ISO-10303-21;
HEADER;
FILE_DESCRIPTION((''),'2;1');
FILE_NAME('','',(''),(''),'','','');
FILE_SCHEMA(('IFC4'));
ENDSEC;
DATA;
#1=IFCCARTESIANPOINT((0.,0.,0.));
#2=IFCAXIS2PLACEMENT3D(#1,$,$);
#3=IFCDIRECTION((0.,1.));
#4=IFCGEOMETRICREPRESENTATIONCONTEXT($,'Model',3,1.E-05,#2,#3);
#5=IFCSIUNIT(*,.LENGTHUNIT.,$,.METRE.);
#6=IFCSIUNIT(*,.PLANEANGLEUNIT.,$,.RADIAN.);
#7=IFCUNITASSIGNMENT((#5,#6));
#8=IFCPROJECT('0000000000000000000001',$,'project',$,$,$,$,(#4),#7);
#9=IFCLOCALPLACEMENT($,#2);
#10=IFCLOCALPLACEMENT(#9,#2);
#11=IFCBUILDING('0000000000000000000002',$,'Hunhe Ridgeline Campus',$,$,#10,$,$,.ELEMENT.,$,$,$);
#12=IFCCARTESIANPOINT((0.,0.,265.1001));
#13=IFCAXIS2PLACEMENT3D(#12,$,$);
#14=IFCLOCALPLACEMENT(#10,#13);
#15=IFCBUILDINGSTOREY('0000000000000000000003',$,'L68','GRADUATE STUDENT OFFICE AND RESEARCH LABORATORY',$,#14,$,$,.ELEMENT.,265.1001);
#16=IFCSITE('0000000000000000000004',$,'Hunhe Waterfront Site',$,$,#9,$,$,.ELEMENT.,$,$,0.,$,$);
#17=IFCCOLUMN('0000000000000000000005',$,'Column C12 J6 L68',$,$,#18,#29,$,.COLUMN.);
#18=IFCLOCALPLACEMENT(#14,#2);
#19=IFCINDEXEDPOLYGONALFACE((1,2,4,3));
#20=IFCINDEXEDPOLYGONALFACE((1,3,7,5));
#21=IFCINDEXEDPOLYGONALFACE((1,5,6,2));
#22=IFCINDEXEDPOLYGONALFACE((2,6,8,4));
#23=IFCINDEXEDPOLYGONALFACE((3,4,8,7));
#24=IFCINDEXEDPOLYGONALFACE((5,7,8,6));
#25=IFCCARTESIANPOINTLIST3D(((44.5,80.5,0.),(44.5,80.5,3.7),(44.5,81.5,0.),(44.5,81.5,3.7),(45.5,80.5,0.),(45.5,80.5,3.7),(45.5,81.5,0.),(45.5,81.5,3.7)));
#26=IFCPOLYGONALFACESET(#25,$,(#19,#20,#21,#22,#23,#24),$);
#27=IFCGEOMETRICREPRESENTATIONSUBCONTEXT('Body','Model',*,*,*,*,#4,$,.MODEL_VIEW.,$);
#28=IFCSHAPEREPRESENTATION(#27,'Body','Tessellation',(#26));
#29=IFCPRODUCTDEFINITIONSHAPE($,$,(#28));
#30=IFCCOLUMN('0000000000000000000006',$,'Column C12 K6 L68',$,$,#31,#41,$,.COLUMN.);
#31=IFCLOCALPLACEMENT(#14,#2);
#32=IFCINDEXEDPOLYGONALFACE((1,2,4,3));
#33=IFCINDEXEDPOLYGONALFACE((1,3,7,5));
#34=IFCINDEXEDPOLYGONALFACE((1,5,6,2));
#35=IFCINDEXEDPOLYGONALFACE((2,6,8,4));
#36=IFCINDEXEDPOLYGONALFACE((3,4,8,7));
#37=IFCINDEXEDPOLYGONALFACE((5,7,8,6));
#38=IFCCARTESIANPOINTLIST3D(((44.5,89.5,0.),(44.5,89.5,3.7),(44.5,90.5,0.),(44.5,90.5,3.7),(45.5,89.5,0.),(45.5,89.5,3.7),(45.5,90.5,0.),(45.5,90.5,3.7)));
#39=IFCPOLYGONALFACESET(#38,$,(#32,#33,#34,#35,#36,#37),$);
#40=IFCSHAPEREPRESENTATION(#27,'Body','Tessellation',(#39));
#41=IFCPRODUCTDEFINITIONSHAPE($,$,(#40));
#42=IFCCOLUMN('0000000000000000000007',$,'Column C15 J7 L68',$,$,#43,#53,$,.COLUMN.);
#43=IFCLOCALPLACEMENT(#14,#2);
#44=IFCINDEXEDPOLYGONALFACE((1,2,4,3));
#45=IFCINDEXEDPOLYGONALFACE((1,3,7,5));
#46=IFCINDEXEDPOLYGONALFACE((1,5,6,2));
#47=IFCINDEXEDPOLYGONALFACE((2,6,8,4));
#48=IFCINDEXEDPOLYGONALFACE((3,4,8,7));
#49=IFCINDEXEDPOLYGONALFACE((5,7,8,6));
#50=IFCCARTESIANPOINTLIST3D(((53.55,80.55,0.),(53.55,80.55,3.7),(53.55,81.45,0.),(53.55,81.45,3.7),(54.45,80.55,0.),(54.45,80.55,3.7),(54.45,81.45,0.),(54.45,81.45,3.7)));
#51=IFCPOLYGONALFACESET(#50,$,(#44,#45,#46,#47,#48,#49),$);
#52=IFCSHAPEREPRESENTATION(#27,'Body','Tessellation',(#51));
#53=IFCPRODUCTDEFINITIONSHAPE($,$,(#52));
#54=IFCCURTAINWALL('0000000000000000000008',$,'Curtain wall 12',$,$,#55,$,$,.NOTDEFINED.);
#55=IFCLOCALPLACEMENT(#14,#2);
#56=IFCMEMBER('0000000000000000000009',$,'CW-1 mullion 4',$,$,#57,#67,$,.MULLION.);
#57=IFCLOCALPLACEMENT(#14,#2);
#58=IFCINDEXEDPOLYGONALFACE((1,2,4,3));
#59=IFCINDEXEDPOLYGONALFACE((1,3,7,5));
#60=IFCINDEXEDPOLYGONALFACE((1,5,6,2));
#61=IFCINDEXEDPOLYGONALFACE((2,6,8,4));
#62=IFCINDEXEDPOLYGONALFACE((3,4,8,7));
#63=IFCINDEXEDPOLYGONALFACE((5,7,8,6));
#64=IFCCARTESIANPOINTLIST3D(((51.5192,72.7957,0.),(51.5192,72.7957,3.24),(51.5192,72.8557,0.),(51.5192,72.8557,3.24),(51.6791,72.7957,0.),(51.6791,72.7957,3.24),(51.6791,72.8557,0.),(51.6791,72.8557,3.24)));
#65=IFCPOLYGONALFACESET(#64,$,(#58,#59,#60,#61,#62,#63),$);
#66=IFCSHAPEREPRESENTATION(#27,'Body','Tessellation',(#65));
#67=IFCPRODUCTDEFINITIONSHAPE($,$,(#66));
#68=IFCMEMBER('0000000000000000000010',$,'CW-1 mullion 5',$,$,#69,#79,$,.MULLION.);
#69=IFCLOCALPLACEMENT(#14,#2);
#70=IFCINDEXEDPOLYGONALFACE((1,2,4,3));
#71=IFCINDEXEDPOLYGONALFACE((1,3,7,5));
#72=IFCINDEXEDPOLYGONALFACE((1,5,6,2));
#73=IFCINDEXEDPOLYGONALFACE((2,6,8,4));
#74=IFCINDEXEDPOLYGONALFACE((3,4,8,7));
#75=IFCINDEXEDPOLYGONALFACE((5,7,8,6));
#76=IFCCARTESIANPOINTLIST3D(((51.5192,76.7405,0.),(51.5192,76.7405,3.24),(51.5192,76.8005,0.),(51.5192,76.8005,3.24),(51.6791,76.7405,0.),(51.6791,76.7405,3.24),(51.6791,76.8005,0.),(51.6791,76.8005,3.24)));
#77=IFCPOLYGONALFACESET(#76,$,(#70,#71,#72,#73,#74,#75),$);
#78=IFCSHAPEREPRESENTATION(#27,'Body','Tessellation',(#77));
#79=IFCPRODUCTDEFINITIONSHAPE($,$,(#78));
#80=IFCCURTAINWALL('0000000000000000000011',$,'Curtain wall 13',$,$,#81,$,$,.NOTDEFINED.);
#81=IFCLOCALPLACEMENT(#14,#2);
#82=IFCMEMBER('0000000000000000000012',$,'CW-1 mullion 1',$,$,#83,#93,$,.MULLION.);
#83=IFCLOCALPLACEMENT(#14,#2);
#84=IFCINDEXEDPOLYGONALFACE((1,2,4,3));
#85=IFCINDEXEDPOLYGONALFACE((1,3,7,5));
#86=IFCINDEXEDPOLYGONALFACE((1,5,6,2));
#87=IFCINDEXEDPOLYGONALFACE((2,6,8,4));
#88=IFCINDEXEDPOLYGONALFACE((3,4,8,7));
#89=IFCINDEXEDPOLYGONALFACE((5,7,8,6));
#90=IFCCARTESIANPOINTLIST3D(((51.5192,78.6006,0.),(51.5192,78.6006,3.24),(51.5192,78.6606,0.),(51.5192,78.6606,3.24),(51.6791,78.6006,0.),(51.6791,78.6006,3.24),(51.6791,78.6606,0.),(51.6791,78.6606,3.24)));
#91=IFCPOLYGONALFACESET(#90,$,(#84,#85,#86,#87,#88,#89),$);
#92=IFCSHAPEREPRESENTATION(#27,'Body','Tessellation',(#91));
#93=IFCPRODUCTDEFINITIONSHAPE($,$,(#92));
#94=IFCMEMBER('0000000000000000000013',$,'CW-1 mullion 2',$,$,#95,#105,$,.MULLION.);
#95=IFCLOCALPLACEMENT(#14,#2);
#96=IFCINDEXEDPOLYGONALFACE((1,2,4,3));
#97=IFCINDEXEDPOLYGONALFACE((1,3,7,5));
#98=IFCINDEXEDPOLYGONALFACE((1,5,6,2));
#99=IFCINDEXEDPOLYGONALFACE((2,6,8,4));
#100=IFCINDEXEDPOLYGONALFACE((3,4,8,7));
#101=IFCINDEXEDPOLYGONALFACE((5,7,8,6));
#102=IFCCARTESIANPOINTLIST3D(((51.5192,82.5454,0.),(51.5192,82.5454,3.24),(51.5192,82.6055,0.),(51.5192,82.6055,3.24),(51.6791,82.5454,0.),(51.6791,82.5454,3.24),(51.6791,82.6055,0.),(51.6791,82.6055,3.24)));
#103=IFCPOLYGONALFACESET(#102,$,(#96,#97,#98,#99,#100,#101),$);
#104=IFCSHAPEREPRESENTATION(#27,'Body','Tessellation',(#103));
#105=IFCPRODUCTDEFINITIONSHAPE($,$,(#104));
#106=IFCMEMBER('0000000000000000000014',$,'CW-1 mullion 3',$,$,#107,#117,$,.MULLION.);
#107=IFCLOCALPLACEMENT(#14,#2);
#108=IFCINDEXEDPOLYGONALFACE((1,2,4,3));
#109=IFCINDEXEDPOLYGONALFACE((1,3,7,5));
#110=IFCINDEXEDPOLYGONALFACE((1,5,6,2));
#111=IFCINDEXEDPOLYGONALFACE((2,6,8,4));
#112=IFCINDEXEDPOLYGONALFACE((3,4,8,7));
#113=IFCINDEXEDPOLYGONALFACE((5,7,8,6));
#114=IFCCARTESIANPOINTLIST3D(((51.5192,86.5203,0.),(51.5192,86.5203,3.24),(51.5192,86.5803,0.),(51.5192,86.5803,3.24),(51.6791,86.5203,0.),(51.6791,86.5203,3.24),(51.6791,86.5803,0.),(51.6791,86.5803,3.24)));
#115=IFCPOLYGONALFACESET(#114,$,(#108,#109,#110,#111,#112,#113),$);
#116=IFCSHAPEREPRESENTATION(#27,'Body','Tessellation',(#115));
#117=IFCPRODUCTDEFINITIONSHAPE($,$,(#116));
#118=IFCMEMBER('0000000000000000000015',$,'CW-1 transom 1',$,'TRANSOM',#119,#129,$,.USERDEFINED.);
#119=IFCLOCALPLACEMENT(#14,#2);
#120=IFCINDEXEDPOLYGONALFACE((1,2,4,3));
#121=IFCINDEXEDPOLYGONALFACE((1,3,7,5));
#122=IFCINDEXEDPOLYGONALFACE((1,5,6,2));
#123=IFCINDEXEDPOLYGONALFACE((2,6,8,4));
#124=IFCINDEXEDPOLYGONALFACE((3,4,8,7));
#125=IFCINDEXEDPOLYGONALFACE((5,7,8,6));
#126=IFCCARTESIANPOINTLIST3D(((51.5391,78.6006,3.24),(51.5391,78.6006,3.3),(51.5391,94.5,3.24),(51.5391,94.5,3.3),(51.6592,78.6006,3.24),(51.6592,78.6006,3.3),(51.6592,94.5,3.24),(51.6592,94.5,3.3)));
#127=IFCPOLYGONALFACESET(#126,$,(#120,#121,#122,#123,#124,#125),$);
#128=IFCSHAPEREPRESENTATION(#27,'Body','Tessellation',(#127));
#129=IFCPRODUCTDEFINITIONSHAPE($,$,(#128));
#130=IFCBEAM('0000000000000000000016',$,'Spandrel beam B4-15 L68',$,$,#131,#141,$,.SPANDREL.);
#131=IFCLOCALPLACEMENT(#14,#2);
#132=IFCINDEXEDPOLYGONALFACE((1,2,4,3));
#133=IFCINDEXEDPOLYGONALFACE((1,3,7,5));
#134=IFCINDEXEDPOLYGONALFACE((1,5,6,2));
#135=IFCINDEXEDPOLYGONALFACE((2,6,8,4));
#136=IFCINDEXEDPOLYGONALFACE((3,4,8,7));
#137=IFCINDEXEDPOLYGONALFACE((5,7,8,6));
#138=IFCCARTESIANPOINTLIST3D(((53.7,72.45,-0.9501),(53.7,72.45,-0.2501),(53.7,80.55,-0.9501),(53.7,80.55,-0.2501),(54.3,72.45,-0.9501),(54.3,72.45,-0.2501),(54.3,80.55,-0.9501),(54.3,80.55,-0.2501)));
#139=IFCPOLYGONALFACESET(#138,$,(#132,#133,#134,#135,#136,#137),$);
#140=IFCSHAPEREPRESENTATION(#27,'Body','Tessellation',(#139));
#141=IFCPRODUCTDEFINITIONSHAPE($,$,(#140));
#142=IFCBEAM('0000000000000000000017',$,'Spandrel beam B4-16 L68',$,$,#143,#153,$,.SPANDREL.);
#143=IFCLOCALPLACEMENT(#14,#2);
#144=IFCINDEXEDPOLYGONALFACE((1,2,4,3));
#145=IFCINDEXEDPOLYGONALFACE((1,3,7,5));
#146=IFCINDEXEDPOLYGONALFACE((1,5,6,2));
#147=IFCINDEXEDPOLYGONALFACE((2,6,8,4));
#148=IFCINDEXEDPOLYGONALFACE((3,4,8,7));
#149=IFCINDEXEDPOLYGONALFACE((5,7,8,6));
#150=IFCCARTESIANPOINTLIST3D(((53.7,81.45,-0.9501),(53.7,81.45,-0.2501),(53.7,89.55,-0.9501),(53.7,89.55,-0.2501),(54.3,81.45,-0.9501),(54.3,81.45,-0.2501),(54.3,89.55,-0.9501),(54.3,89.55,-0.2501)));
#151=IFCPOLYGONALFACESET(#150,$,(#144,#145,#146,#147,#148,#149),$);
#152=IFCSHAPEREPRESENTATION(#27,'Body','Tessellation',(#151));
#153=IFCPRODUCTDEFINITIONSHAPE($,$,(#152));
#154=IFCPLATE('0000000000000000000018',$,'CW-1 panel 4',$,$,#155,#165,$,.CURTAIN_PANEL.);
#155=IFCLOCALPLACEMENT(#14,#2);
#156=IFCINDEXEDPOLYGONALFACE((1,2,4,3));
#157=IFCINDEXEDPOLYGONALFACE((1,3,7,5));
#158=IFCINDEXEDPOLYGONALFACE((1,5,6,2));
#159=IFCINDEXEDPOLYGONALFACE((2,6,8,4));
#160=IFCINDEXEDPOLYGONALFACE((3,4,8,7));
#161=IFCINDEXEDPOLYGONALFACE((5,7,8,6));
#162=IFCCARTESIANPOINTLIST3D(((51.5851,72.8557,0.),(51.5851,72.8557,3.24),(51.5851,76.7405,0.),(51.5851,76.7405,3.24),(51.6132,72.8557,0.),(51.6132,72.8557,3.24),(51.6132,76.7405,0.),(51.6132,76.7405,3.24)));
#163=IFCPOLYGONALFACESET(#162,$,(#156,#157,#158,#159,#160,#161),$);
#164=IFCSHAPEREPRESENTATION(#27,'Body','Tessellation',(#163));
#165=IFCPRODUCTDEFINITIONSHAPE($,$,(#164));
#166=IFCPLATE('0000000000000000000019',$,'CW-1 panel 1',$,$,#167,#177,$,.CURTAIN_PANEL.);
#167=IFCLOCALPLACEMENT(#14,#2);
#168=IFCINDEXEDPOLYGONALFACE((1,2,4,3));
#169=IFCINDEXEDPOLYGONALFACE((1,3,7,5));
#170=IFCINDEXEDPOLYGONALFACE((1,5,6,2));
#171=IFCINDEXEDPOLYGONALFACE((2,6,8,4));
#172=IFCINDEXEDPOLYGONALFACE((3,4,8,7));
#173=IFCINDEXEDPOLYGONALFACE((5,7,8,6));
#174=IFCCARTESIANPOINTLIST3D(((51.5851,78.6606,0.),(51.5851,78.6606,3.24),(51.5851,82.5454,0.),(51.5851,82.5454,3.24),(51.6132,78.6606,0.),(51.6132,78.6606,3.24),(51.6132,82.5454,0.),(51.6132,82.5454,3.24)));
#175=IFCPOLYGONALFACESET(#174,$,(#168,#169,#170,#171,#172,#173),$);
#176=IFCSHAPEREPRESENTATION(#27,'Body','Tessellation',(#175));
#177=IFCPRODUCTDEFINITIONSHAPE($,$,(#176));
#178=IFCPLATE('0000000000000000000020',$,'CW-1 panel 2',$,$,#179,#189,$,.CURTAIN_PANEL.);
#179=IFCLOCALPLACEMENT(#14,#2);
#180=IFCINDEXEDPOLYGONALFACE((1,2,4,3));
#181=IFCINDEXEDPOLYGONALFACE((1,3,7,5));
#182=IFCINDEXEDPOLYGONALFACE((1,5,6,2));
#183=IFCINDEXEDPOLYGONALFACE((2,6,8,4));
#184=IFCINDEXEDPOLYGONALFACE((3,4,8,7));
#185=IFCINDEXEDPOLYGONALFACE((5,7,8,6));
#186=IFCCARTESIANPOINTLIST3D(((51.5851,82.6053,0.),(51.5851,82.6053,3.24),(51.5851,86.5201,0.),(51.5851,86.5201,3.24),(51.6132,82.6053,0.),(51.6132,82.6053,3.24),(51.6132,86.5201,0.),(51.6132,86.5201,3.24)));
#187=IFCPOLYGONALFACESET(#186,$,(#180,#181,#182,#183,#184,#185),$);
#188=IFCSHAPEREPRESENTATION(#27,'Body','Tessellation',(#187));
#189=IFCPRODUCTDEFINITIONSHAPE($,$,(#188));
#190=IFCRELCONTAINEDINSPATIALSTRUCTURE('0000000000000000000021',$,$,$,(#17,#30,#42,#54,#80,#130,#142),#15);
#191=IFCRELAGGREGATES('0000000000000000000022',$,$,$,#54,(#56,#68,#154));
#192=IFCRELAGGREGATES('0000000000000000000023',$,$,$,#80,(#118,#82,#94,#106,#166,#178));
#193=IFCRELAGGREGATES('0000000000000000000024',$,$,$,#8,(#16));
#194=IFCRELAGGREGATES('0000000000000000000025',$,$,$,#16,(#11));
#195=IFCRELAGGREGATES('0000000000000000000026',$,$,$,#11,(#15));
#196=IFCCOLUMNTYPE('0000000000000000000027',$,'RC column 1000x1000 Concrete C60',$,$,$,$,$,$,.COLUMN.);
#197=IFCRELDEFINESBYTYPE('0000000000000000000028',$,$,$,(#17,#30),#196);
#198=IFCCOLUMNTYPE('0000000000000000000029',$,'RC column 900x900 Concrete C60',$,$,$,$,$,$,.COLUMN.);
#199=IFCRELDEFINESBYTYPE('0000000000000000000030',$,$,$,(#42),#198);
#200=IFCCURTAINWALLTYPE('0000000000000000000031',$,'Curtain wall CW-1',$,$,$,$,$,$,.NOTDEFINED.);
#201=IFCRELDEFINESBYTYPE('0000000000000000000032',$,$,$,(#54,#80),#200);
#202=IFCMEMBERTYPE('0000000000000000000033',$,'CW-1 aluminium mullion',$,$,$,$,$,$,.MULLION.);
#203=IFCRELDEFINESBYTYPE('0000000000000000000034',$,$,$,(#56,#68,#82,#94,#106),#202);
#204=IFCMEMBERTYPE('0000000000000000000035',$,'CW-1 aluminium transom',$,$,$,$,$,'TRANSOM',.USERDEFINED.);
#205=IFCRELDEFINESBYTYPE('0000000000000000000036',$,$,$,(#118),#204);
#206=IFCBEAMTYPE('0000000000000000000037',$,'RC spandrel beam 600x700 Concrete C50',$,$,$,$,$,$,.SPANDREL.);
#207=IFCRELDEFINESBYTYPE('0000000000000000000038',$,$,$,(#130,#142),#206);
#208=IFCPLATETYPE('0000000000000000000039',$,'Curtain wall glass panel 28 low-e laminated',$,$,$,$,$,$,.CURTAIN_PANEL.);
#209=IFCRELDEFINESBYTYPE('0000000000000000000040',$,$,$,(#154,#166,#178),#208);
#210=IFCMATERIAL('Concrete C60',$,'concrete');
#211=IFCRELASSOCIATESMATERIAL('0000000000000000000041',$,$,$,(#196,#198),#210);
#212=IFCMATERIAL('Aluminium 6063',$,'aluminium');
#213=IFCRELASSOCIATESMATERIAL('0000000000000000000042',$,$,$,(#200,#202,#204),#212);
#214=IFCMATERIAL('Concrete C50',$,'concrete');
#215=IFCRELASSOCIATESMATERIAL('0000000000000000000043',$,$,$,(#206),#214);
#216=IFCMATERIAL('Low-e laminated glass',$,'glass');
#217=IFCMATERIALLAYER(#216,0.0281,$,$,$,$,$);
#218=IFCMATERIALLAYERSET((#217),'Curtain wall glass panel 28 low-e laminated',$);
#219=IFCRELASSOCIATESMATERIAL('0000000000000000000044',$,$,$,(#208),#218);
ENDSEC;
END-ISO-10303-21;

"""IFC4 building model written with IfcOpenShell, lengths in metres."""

from ifc_helpers import new_model, si_unit, direction, frame, origin, origin_2d, place, context, subcontext, project, spatial, rectangle, extrude, material, layer, layer_set, material_profile, profile_set, type_object, element, aggregate, save


model = new_model("IFC4")

# Units and contexts
model_context = context("Model", 3, precision=1e-05, world=origin(), true_north=direction((0.0, 1.0)))
body_context = subcontext(model_context, "Body", "Model", "MODEL_VIEW")
ifc_project = project(units=[si_unit("LENGTHUNIT", "METRE"), si_unit("PLANEANGLEUNIT", "RADIAN")], contexts=[model_context])

# Site, building, storey
site_placement = place(None, origin())
site = spatial("IfcSite", under=ifc_project, at=site_placement, Name="Hunhe Waterfront Site", CompositionType="ELEMENT", RefElevation=0.0)
building_placement = place(site_placement, origin())
building = spatial("IfcBuilding", under=site, at=building_placement, Name="Hunhe Ridgeline Campus", CompositionType="ELEMENT")
storey_placement = place(building_placement, frame((0.0, 0.0, 265.1001)))
storey = spatial("IfcBuildingStorey", under=building, at=storey_placement, Name="L68", Description="GRADUATE STUDENT OFFICE AND RESEARCH LABORATORY", CompositionType="ELEMENT", Elevation=265.1001)

# Columns
ifc_material_1 = material(Name="Concrete C60", Category="concrete")
ifc_material_profile_1 = material_profile(ifc_material_1, rectangle(XDim=1.0, YDim=1.0, at=origin_2d()))
ifc_profile_set_1 = profile_set([ifc_material_profile_1], Name="Concrete C60")
column_type_1 = type_object("IfcColumnType", Name="RC column 1000x1000 Concrete C60", PredefinedType="COLUMN", material=ifc_profile_set_1)
for number, where, z_axis, x_axis, name in (
    (1, (45.0, 81.0, 0.0), (0.0, 0.0, 1.0), (1.0, 0.0, 0.0), "Column C12 J6 L68"),
    (2, (45.0, 90.0, 0.0), (0.0, 0.0, 1.0), (1.0, 0.0, 0.0), "Column C12 K6 L68"),
):
    element("IfcColumn", number, at=place(storey_placement, frame(where, z_axis=z_axis, x_axis=x_axis)), inside=storey, type_object=column_type_1, Name=name, PredefinedType="COLUMN", context=body_context, shape_type="SweptSolid", body=[
        extrude(rectangle(XDim=1.0, YDim=1.0, at=origin_2d()), origin(), (0.0, 0.0, 1.0), 3.7),
    ])
ifc_material_profile_2 = material_profile(ifc_material_1, rectangle(XDim=0.8999, YDim=0.8999, at=origin_2d()))
ifc_profile_set_2 = profile_set([ifc_material_profile_2], Name="Concrete C60")
column_type_2 = type_object("IfcColumnType", Name="RC column 900x900 Concrete C60", PredefinedType="COLUMN", material=ifc_profile_set_2)
column_placement = place(storey_placement, frame((54.0, 81.0, 0.0), z_axis=(0.0, 0.0, 1.0), x_axis=(1.0, 0.0, 0.0)))
element("IfcColumn", 3, at=column_placement, inside=storey, type_object=column_type_2, Name="Column C15 J7 L68", PredefinedType="COLUMN", context=body_context, shape_type="SweptSolid", body=[
    extrude(rectangle(XDim=0.8999, YDim=0.8999, at=origin_2d()), origin(), (0.0, 0.0, 1.0), 3.7),
])

# Curtain walls, members
ifc_material_2 = material(Name="Aluminium 6063", Category="aluminium")
curtain_wall_type = type_object("IfcCurtainWallType", Name="Curtain wall CW-1", PredefinedType="NOTDEFINED", material=ifc_material_2)
curtain_wall_1_placement = place(storey_placement, origin())
curtain_wall_1 = element("IfcCurtainWall", 4, at=curtain_wall_1_placement, inside=storey, type_object=curtain_wall_type, Name="Curtain wall 12", PredefinedType="NOTDEFINED")
ifc_material_profile_3 = material_profile(ifc_material_2, rectangle(XDim=0.1599, YDim=0.0601, at=origin_2d()))
ifc_profile_set_3 = profile_set([ifc_material_profile_3], Name="Aluminium 6063")
member_type_1 = type_object("IfcMemberType", Name="CW-1 aluminium mullion", PredefinedType="MULLION", material=ifc_profile_set_3)
member_1_placement = place(storey_placement, frame((51.5991, 72.8257, 0.0), z_axis=(0.0, 0.0, 1.0), x_axis=(-1.0, 0.0, 0.0)))
member_1 = element("IfcMember", 5, at=member_1_placement, type_object=member_type_1, Name="CW-1 mullion 4", PredefinedType="MULLION", context=body_context, shape_type="SweptSolid", body=[
    extrude(rectangle(XDim=0.1599, YDim=0.0601, at=origin_2d()), origin(), (0.0, 0.0, 1.0), 3.24),
])
member_2_placement = place(storey_placement, frame((51.5991, 76.7705, 0.0), z_axis=(0.0, 0.0, 1.0), x_axis=(-1.0, 0.0, 0.0)))
member_2 = element("IfcMember", 6, at=member_2_placement, type_object=member_type_1, Name="CW-1 mullion 5", PredefinedType="MULLION", context=body_context, shape_type="SweptSolid", body=[
    extrude(rectangle(XDim=0.1599, YDim=0.0601, at=origin_2d()), origin(), (0.0, 0.0, 1.0), 3.24),
])
curtain_wall_2_placement = place(storey_placement, origin())
curtain_wall_2 = element("IfcCurtainWall", 7, at=curtain_wall_2_placement, inside=storey, type_object=curtain_wall_type, Name="Curtain wall 13", PredefinedType="NOTDEFINED")
member_3_placement = place(storey_placement, frame((51.5991, 78.6306, 0.0), z_axis=(0.0, 0.0, 1.0), x_axis=(-1.0, 0.0, 0.0)))
member_3 = element("IfcMember", 8, at=member_3_placement, type_object=member_type_1, Name="CW-1 mullion 1", PredefinedType="MULLION", context=body_context, shape_type="SweptSolid", body=[
    extrude(rectangle(XDim=0.1599, YDim=0.0601, at=origin_2d()), origin(), (0.0, 0.0, 1.0), 3.24),
])
member_4_placement = place(storey_placement, frame((51.5991, 82.5754, 0.0), z_axis=(0.0, 0.0, 1.0), x_axis=(-1.0, 0.0, 0.0)))
member_4 = element("IfcMember", 9, at=member_4_placement, type_object=member_type_1, Name="CW-1 mullion 2", PredefinedType="MULLION", context=body_context, shape_type="SweptSolid", body=[
    extrude(rectangle(XDim=0.1599, YDim=0.0601, at=origin_2d()), origin(), (0.0, 0.0, 1.0), 3.24),
])
member_5_placement = place(storey_placement, frame((51.5991, 86.5503, 0.0), z_axis=(0.0, 0.0, 1.0), x_axis=(-1.0, 0.0, 0.0)))
member_5 = element("IfcMember", 10, at=member_5_placement, type_object=member_type_1, Name="CW-1 mullion 3", PredefinedType="MULLION", context=body_context, shape_type="SweptSolid", body=[
    extrude(rectangle(XDim=0.1599, YDim=0.0601, at=origin_2d()), origin(), (0.0, 0.0, 1.0), 3.24),
])
ifc_material_profile_4 = material_profile(ifc_material_2, rectangle(XDim=0.1201, YDim=0.0601, at=origin_2d()))
ifc_profile_set_4 = profile_set([ifc_material_profile_4], Name="Aluminium 6063")
member_type_2 = type_object("IfcMemberType", Name="CW-1 aluminium transom", ElementType="TRANSOM", PredefinedType="USERDEFINED", material=ifc_profile_set_4)
member_6_placement = place(storey_placement, frame((51.5991, 78.6006, 3.27), z_axis=(0.0, 1.0, 0.0), x_axis=(-1.0, 0.0, 0.0)))
member_6 = element("IfcMember", 11, at=member_6_placement, type_object=member_type_2, Name="CW-1 transom 1", ObjectType="TRANSOM", PredefinedType="USERDEFINED", context=body_context, shape_type="SweptSolid", body=[
    extrude(rectangle(XDim=0.1201, YDim=0.0601, at=origin_2d()), origin(), (0.0, 0.0, 1.0), 15.8994),
])

# Beams
ifc_material_3 = material(Name="Concrete C50", Category="concrete")
ifc_material_profile_5 = material_profile(ifc_material_3, rectangle(XDim=0.6001, YDim=0.7, at=origin_2d()))
ifc_profile_set_5 = profile_set([ifc_material_profile_5], Name="Concrete C50")
beam_type = type_object("IfcBeamType", Name="RC spandrel beam 600x700 Concrete C50", PredefinedType="SPANDREL", material=ifc_profile_set_5)
for number, where, z_axis, x_axis, name in (
    (12, (54.0, 72.45, -0.6001), (0.0, 1.0, 0.0), (-1.0, 0.0, 0.0), "Spandrel beam B4-15 L68"),
    (13, (54.0, 81.45, -0.6001), (0.0, 1.0, 0.0), (-1.0, 0.0, 0.0), "Spandrel beam B4-16 L68"),
):
    element("IfcBeam", number, at=place(storey_placement, frame(where, z_axis=z_axis, x_axis=x_axis)), inside=storey, type_object=beam_type, Name=name, PredefinedType="SPANDREL", context=body_context, shape_type="SweptSolid", body=[
        extrude(rectangle(XDim=0.6001, YDim=0.7, at=origin_2d()), origin(), (0.0, 0.0, 1.0), 8.1001),
    ])

# Plates
ifc_material_4 = material(Name="Low-e laminated glass", Category="glass")
ifc_layer_1 = layer(ifc_material_4, 0.0281)
ifc_layer_set_1 = layer_set([ifc_layer_1], Name="Curtain wall glass panel 28 low-e laminated")
plate_type = type_object("IfcPlateType", Name="Curtain wall glass panel 28 low-e laminated", PredefinedType="CURTAIN_PANEL", material=ifc_layer_set_1)
plate_1_placement = place(storey_placement, frame((51.5991, 74.7981, 0.0), z_axis=(0.0, 0.0, 1.0), x_axis=(0.0, 1.0, 0.0)))
plate_1 = element("IfcPlate", 14, at=plate_1_placement, type_object=plate_type, Name="CW-1 panel 4", PredefinedType="CURTAIN_PANEL", context=body_context, shape_type="SweptSolid", body=[
    extrude(rectangle(XDim=3.8848, YDim=0.0281, at=origin_2d()), origin(), (0.0, 0.0, 1.0), 3.24),
])
aggregate(curtain_wall_1, [member_1, member_2, plate_1])
plate_2_placement = place(storey_placement, frame((51.5991, 80.603, 0.0), z_axis=(0.0, 0.0, 1.0), x_axis=(0.0, 1.0, 0.0)))
plate_2 = element("IfcPlate", 15, at=plate_2_placement, type_object=plate_type, Name="CW-1 panel 1", PredefinedType="CURTAIN_PANEL", context=body_context, shape_type="SweptSolid", body=[
    extrude(rectangle(XDim=3.8848, YDim=0.0281, at=origin_2d()), origin(), (0.0, 0.0, 1.0), 3.24),
])
plate_3_placement = place(storey_placement, frame((51.5991, 84.5627, 0.0), z_axis=(0.0, 0.0, 1.0), x_axis=(0.0, 1.0, 0.0)))
plate_3 = element("IfcPlate", 16, at=plate_3_placement, type_object=plate_type, Name="CW-1 panel 2", PredefinedType="CURTAIN_PANEL", context=body_context, shape_type="SweptSolid", body=[
    extrude(rectangle(XDim=3.9148, YDim=0.0281, at=origin_2d()), origin(), (0.0, 0.0, 1.0), 3.24),
])
aggregate(curtain_wall_2, [member_6, member_3, member_4, member_5, plate_2, plate_3])

save(model, "model.ifc")
